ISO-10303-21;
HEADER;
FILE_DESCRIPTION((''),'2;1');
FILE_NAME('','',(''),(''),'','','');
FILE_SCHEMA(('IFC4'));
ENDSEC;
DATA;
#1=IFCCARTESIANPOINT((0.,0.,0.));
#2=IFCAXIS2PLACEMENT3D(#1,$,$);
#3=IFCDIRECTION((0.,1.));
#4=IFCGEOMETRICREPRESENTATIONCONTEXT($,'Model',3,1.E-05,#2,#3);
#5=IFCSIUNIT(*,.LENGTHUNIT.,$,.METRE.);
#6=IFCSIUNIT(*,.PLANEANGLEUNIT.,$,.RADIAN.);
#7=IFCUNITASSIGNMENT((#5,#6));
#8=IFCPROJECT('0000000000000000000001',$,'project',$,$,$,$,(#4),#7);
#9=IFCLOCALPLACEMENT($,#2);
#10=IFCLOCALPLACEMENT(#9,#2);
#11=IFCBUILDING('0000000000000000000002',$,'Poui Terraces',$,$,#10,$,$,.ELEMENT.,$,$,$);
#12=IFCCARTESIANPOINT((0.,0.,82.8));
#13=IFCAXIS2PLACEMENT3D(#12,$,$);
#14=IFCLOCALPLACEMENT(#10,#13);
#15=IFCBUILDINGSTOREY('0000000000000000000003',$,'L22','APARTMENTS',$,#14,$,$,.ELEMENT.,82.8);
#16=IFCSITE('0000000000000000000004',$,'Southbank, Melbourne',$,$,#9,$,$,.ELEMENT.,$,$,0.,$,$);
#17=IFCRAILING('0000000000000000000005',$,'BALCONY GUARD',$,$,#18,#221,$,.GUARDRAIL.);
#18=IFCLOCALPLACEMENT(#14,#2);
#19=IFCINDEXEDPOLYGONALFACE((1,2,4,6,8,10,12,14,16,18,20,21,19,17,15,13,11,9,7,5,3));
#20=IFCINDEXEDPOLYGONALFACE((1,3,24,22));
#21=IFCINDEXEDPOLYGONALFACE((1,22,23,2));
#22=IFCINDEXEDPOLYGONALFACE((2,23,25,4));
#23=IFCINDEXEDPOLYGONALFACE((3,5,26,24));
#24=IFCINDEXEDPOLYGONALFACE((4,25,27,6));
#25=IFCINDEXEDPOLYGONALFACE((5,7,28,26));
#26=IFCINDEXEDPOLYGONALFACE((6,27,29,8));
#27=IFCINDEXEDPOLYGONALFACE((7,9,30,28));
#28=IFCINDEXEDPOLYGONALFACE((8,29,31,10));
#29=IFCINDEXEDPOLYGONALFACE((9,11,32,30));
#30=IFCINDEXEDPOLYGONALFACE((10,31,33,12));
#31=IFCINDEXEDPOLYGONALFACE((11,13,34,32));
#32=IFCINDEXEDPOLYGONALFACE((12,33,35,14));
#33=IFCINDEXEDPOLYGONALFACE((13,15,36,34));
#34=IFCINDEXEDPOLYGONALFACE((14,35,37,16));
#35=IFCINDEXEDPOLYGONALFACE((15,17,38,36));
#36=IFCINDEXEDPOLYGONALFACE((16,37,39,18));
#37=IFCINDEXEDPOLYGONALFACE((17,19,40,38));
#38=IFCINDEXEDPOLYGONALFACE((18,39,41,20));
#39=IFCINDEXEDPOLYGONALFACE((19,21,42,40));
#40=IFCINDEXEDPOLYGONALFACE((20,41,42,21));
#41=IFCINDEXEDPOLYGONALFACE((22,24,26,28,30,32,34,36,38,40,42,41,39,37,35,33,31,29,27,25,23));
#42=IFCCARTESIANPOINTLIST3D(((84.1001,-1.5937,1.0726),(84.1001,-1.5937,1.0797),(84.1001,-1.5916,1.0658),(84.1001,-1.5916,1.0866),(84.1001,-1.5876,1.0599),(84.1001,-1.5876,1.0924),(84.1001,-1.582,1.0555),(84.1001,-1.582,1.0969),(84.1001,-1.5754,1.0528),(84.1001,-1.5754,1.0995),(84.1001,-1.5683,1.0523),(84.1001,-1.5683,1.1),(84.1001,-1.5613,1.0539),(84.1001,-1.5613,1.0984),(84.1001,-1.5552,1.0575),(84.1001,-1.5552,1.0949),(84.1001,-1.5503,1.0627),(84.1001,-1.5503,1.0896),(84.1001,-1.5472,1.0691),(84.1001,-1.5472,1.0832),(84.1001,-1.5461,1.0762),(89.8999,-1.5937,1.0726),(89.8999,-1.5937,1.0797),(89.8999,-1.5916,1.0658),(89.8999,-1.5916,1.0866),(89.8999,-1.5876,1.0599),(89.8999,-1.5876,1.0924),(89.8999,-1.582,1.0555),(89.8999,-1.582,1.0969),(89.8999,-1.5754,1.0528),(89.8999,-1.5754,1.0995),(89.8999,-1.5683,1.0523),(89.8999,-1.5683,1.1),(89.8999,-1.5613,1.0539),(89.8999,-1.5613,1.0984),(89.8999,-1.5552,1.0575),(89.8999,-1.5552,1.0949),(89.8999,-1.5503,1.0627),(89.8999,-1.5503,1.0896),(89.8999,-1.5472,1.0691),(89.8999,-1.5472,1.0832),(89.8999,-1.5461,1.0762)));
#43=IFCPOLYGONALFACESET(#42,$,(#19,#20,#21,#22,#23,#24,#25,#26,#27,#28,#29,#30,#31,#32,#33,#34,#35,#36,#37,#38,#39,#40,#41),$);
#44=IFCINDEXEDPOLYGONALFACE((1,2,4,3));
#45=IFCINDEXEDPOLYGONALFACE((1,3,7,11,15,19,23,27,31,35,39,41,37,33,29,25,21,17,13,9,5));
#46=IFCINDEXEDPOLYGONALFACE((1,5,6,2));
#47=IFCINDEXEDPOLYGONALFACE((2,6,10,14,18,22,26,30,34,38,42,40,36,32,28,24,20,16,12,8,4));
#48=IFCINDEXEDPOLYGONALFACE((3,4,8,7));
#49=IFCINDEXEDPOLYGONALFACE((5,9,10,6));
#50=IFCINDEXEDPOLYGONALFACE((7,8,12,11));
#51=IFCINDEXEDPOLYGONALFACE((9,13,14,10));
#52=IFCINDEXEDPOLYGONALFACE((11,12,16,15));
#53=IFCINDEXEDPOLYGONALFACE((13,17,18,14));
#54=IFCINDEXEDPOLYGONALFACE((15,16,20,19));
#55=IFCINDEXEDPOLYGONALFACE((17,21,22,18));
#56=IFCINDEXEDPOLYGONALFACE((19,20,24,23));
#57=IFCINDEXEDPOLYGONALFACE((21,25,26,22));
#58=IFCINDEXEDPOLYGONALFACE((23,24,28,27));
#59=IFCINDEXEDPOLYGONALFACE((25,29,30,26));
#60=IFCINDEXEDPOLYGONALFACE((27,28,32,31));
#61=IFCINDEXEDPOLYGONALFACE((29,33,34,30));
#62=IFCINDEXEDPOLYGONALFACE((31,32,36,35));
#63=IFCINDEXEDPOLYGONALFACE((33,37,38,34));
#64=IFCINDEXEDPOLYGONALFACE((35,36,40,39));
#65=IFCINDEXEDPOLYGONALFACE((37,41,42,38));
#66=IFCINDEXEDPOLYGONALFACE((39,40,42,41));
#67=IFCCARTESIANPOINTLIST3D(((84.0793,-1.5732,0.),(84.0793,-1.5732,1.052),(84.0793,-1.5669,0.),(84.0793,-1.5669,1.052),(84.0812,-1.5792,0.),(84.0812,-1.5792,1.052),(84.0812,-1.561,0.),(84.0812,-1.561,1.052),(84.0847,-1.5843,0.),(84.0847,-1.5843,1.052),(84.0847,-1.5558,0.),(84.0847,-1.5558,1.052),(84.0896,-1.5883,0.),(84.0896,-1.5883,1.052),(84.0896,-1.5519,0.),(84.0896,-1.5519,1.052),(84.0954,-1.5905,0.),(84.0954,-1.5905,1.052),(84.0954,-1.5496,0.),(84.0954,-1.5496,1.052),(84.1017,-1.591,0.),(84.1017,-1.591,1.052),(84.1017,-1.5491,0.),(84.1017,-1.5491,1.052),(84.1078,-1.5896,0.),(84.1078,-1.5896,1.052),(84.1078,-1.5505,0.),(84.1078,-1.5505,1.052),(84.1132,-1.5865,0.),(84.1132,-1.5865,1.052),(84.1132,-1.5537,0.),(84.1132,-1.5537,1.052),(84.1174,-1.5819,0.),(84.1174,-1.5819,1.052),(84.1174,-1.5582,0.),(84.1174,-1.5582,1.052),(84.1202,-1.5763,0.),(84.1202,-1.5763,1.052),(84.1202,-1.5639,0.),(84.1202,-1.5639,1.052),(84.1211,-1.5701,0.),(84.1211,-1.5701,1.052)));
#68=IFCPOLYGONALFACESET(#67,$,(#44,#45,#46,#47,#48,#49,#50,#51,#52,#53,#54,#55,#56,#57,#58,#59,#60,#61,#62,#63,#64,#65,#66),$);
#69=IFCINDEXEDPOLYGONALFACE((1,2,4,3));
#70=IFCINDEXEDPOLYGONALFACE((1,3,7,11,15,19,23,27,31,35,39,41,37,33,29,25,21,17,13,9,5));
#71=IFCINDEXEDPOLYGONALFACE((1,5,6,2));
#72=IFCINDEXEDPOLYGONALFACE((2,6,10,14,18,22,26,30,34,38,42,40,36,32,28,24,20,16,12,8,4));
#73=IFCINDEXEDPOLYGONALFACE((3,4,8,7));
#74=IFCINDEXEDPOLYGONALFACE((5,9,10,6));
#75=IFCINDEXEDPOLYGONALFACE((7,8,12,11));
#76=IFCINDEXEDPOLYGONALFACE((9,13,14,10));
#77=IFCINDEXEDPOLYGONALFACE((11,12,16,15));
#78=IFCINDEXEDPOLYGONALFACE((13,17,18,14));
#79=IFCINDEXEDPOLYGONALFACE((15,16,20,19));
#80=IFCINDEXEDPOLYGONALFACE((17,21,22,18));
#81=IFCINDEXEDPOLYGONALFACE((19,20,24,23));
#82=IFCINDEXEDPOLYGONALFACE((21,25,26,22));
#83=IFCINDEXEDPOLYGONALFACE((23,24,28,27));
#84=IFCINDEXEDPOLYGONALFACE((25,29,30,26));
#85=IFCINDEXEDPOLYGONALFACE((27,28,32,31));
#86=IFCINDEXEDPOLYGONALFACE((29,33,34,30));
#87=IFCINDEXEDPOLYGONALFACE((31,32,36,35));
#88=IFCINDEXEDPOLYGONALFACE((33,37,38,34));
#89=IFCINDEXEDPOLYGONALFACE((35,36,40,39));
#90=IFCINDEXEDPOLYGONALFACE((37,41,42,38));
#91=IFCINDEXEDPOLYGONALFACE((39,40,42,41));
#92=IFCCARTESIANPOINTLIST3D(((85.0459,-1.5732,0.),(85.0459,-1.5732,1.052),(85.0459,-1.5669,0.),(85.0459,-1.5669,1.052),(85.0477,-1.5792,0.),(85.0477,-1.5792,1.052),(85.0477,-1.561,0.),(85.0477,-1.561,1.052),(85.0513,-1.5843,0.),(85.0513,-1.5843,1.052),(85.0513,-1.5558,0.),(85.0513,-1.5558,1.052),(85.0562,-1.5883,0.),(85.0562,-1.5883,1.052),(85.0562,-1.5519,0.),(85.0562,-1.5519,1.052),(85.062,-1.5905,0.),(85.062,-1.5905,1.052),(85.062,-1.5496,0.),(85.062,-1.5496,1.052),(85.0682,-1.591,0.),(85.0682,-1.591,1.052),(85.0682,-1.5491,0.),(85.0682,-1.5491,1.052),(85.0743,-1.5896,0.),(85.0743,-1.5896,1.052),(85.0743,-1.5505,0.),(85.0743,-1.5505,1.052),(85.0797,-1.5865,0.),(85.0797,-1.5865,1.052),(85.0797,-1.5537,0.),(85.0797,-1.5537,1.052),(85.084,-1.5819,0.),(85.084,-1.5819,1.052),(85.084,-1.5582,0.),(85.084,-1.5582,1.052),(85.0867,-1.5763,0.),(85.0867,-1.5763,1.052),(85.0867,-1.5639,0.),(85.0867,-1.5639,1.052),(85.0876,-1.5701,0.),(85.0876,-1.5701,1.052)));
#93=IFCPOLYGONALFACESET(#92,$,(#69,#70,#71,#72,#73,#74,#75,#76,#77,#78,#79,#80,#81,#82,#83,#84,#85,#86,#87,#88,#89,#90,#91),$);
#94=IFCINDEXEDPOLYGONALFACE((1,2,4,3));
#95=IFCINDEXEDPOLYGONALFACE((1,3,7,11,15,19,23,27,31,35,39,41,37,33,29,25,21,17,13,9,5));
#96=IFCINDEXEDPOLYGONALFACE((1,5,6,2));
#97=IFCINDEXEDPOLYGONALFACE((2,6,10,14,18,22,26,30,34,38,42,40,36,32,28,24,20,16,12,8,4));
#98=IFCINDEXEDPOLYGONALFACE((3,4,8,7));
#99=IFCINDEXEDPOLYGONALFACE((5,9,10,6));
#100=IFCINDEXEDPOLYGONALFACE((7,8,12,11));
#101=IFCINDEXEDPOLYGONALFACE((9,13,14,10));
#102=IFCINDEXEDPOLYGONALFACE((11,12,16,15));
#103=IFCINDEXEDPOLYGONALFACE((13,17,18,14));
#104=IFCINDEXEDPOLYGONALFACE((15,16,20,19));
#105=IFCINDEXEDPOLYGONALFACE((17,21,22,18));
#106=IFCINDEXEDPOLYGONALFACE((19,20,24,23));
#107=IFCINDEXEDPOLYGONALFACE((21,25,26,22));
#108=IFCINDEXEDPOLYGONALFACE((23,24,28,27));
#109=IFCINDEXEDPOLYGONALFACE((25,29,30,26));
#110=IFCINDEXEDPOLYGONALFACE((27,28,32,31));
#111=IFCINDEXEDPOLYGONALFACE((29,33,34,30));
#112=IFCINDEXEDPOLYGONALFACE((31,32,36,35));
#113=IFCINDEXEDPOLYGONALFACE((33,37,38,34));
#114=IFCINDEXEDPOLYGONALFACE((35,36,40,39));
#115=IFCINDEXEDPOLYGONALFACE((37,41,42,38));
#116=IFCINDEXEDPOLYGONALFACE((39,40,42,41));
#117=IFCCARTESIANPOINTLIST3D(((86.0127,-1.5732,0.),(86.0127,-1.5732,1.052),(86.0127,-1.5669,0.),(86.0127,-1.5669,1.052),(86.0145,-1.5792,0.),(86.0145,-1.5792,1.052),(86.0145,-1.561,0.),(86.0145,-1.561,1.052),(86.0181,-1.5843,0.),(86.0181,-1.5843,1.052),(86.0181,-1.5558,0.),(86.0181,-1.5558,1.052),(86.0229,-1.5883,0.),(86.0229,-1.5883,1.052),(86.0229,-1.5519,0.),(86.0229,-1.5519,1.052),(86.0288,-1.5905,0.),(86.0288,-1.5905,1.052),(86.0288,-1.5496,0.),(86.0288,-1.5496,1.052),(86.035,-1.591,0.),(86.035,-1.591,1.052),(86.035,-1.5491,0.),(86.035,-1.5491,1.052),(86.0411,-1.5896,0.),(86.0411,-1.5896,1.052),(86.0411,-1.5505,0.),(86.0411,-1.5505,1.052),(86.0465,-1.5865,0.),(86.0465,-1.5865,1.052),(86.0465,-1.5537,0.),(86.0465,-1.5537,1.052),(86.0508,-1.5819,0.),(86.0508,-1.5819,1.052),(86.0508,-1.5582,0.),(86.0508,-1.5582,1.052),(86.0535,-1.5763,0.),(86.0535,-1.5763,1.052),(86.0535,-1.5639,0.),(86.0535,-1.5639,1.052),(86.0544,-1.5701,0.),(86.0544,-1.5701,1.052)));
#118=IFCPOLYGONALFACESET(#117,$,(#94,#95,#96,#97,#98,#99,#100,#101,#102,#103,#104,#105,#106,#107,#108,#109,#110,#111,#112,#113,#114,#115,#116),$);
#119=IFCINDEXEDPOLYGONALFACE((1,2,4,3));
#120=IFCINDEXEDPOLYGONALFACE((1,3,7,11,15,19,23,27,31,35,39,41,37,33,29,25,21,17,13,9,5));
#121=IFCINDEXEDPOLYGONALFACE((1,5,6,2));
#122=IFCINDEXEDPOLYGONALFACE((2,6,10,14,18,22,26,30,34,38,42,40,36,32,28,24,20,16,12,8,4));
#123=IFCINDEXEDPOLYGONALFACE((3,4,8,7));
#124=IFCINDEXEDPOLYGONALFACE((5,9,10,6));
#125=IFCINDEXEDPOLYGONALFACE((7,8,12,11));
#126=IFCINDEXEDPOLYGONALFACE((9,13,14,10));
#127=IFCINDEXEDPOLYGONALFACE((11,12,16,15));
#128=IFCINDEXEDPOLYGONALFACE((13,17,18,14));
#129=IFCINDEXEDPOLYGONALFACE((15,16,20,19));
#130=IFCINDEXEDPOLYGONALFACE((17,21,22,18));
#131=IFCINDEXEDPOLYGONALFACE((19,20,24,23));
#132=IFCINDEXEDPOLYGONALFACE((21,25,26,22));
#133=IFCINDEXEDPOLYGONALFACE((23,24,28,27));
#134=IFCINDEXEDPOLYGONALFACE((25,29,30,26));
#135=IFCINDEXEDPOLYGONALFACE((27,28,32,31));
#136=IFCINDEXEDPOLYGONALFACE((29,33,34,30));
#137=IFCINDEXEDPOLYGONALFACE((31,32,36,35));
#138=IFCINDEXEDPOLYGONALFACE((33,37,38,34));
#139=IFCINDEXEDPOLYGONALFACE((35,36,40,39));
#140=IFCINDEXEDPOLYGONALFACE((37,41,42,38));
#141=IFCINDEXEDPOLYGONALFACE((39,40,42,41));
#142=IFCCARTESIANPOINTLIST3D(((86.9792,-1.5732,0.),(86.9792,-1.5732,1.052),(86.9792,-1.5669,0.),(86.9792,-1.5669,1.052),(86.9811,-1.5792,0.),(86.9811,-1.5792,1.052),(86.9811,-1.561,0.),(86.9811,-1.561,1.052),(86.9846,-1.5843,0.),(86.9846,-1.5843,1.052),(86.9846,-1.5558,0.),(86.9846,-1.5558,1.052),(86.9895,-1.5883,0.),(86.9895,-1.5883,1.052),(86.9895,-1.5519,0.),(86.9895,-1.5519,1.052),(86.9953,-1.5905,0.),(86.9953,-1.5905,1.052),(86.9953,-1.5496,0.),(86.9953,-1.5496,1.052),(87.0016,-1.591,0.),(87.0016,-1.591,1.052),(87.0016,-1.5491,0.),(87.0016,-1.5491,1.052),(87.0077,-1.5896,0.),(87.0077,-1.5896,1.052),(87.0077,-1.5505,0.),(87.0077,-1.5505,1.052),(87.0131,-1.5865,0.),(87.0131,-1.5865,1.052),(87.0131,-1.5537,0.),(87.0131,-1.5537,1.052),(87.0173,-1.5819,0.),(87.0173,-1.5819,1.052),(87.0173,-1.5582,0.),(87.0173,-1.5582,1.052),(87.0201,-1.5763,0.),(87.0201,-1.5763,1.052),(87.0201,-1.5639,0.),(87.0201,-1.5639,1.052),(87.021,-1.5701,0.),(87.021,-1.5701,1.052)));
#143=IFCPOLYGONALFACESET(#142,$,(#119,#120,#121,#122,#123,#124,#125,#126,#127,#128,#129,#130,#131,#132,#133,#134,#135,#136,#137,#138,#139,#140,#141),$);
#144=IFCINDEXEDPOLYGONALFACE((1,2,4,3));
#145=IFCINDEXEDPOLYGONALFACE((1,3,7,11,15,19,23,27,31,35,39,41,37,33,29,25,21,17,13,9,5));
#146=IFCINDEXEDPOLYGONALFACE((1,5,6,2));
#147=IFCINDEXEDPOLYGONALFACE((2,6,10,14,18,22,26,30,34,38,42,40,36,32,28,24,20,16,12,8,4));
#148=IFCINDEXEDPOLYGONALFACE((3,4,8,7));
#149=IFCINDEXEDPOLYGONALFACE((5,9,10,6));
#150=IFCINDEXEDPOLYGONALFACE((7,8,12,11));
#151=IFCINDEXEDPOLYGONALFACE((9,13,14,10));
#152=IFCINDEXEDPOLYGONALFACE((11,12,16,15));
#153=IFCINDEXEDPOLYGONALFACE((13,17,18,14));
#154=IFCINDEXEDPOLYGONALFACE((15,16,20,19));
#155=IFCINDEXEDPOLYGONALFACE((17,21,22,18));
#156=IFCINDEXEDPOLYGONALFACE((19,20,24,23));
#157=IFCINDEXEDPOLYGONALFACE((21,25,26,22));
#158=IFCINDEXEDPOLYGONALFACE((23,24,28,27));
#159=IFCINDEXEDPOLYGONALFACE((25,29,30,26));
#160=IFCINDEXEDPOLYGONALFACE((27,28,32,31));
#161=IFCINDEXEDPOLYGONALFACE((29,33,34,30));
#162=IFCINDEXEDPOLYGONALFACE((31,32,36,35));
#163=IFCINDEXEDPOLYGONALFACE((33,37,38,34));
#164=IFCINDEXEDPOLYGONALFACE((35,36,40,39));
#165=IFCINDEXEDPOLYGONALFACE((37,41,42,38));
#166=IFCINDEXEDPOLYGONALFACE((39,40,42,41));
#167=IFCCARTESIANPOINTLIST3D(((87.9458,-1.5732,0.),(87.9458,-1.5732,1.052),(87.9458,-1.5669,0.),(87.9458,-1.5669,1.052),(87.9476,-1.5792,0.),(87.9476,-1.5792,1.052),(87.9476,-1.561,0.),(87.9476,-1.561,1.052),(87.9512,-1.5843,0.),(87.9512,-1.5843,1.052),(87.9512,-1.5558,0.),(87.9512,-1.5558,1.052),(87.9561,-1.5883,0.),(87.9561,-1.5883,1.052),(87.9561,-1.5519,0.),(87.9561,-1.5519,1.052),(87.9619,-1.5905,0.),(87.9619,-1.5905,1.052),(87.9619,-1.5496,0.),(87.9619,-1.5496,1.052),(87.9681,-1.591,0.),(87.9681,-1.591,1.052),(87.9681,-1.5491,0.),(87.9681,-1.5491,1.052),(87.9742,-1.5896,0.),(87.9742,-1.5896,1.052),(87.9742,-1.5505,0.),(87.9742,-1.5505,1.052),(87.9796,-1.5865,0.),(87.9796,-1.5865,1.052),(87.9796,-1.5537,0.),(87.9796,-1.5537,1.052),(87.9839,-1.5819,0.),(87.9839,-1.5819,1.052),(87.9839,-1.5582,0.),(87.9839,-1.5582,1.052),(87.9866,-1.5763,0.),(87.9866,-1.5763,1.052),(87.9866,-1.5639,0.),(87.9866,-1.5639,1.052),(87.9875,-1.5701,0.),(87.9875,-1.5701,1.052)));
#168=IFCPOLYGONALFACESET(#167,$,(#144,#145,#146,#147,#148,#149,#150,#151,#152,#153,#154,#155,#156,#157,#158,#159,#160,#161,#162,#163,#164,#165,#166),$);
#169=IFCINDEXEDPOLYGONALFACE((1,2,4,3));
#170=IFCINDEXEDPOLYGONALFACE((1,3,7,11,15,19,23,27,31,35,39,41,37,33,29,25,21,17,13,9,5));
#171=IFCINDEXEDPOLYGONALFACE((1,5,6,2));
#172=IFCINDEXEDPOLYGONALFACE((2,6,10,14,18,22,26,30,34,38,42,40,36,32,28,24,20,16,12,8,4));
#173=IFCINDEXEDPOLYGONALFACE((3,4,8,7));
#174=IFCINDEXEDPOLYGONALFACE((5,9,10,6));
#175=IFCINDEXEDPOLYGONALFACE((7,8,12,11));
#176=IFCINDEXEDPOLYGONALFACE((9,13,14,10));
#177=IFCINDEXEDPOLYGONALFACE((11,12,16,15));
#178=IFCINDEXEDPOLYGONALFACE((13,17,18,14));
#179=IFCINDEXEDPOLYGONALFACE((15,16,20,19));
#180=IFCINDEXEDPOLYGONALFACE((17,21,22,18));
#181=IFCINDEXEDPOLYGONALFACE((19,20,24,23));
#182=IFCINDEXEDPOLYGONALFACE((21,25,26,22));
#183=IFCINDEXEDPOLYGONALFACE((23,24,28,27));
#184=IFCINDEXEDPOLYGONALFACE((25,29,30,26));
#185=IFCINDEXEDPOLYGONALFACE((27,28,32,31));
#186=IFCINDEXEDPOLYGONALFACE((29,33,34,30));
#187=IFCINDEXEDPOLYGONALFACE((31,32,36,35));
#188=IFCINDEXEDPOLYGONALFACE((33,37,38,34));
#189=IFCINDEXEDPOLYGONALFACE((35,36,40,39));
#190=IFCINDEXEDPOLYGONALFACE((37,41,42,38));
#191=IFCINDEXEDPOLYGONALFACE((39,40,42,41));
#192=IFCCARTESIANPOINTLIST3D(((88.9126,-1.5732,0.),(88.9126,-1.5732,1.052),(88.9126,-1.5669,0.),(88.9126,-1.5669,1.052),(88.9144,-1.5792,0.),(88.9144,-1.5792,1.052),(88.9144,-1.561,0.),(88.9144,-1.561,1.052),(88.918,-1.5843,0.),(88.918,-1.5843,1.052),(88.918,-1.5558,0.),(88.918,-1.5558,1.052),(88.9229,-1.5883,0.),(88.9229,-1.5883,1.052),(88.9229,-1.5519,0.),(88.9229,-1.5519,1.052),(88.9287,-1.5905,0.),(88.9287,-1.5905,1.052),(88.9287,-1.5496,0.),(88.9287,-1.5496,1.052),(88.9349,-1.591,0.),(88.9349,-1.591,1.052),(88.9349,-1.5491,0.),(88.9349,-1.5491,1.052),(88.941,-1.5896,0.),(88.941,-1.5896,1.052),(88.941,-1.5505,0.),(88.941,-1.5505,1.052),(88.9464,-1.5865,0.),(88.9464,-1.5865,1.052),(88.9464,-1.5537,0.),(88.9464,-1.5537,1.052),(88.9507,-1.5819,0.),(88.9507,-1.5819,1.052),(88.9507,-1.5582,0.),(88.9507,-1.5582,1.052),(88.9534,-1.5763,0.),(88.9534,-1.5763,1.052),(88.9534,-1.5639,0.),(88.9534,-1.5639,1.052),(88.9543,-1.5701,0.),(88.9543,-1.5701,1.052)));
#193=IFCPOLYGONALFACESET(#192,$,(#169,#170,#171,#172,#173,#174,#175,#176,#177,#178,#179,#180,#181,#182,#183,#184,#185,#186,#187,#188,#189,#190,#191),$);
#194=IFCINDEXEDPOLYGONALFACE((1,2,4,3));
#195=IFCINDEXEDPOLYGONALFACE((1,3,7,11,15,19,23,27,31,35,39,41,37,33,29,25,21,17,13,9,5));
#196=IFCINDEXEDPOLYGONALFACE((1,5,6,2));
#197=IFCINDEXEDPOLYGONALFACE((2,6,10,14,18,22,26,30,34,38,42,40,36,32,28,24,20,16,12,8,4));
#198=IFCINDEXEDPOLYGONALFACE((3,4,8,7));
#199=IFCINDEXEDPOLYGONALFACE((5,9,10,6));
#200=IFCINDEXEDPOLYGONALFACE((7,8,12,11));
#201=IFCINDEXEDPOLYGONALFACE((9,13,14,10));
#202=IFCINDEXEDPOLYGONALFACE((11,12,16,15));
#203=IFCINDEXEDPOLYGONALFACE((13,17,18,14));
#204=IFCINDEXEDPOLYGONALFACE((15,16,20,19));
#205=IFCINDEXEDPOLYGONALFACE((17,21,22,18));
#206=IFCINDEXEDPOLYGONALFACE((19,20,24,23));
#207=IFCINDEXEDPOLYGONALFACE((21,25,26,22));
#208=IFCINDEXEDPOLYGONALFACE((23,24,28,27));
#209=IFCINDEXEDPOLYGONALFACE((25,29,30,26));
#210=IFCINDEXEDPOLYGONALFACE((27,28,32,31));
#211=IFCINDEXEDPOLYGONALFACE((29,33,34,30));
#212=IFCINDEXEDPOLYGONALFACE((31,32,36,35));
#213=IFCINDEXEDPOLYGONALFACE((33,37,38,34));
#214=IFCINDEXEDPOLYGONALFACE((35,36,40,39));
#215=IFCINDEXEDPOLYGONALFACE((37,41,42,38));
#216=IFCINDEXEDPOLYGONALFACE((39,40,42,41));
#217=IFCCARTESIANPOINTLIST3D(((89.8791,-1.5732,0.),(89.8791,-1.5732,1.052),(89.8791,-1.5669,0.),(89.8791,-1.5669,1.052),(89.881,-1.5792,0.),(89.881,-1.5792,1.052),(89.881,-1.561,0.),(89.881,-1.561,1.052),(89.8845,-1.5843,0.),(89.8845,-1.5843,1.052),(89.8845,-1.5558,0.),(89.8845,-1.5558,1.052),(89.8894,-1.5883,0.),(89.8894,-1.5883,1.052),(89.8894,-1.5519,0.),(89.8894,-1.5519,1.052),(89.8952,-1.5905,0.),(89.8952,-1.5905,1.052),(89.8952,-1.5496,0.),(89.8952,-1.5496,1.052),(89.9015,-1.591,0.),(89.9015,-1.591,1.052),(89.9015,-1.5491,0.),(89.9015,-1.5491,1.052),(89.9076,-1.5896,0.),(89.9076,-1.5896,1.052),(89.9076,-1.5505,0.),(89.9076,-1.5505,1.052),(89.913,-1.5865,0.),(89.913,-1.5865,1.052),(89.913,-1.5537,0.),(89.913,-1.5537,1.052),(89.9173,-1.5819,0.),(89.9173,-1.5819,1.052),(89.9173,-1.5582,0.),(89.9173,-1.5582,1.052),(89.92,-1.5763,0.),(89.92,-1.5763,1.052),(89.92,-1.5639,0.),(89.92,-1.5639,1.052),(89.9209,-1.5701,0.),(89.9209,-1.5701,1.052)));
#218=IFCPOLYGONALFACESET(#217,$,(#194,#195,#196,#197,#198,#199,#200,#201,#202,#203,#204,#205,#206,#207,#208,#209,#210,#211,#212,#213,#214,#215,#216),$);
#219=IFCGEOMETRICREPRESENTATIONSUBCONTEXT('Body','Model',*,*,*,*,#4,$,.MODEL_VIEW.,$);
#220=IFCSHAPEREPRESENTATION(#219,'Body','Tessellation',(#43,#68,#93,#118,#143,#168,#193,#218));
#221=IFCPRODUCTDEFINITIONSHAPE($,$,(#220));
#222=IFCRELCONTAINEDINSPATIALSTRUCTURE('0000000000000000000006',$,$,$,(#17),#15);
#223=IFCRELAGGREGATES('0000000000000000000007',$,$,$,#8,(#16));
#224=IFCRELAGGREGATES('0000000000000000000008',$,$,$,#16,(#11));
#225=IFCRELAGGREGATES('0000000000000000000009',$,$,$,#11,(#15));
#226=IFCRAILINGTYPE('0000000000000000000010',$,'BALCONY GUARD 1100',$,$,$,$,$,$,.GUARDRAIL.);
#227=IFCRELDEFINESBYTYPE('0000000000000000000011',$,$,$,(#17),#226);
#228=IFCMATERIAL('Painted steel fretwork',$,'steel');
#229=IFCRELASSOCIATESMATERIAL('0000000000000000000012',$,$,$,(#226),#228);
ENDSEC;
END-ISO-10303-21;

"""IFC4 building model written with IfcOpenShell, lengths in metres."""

from ifc_helpers import new_model, si_unit, direction, frame, origin, origin_2d, place, context, subcontext, project, spatial, circle, extrude, material, type_object, element, save


model = new_model("IFC4")

# Units and contexts
model_context = context("Model", 3, precision=1e-05, world=origin(), true_north=direction((0.0, 1.0)))
body_context = subcontext(model_context, "Body", "Model", "MODEL_VIEW")
ifc_project = project(units=[si_unit("LENGTHUNIT", "METRE"), si_unit("PLANEANGLEUNIT", "RADIAN")], contexts=[model_context])

# Site, building, storey
site_placement = place(None, origin())
site = spatial("IfcSite", under=ifc_project, at=site_placement, Name="Southbank, Melbourne", CompositionType="ELEMENT", RefElevation=0.0)
building_placement = place(site_placement, origin())
building = spatial("IfcBuilding", under=site, at=building_placement, Name="Poui Terraces", CompositionType="ELEMENT")
storey_placement = place(building_placement, frame((0.0, 0.0, 82.8)))
storey = spatial("IfcBuildingStorey", under=building, at=storey_placement, Name="L22", Description="APARTMENTS", CompositionType="ELEMENT", Elevation=82.8)

# Railing
ifc_material_1 = material(Name="Painted steel fretwork", Category="steel")
railing_type = type_object("IfcRailingType", Name="BALCONY GUARD 1100", PredefinedType="GUARDRAIL", material=ifc_material_1)
railing_placement = place(storey_placement, frame((84.1001, -1.5701, 0.0)))
element("IfcRailing", 1, at=railing_placement, inside=storey, type_object=railing_type, Name="BALCONY GUARD", PredefinedType="GUARDRAIL", context=body_context, shape_type="SweptSolid", body=[
    extrude(circle(Radius=0.0239, at=origin_2d()), frame((0.0, 0.0, 1.0762), z_axis=(1.0, 0.0, 0.0), x_axis=(0.0, 1.0, 0.0)), (0.0, 0.0, 1.0), 5.7998),
    extrude(circle(Radius=0.021, at=origin_2d()), origin(), (0.0, 0.0, 1.0), 1.052),
    extrude(circle(Radius=0.021, at=origin_2d()), frame((0.9666, 0.0, 0.0)), (0.0, 0.0, 1.0), 1.052),
    extrude(circle(Radius=0.021, at=origin_2d()), frame((1.9333, 0.0, 0.0)), (0.0, 0.0, 1.0), 1.052),
    extrude(circle(Radius=0.021, at=origin_2d()), frame((2.8999, 0.0, 0.0)), (0.0, 0.0, 1.0), 1.052),
    extrude(circle(Radius=0.021, at=origin_2d()), frame((3.8665, 0.0, 0.0)), (0.0, 0.0, 1.0), 1.052),
    extrude(circle(Radius=0.021, at=origin_2d()), frame((4.8333, 0.0, 0.0)), (0.0, 0.0, 1.0), 1.052),
    extrude(circle(Radius=0.021, at=origin_2d()), frame((5.7998, 0.0, 0.0)), (0.0, 0.0, 1.0), 1.052),
])

save(model, "model.ifc")
